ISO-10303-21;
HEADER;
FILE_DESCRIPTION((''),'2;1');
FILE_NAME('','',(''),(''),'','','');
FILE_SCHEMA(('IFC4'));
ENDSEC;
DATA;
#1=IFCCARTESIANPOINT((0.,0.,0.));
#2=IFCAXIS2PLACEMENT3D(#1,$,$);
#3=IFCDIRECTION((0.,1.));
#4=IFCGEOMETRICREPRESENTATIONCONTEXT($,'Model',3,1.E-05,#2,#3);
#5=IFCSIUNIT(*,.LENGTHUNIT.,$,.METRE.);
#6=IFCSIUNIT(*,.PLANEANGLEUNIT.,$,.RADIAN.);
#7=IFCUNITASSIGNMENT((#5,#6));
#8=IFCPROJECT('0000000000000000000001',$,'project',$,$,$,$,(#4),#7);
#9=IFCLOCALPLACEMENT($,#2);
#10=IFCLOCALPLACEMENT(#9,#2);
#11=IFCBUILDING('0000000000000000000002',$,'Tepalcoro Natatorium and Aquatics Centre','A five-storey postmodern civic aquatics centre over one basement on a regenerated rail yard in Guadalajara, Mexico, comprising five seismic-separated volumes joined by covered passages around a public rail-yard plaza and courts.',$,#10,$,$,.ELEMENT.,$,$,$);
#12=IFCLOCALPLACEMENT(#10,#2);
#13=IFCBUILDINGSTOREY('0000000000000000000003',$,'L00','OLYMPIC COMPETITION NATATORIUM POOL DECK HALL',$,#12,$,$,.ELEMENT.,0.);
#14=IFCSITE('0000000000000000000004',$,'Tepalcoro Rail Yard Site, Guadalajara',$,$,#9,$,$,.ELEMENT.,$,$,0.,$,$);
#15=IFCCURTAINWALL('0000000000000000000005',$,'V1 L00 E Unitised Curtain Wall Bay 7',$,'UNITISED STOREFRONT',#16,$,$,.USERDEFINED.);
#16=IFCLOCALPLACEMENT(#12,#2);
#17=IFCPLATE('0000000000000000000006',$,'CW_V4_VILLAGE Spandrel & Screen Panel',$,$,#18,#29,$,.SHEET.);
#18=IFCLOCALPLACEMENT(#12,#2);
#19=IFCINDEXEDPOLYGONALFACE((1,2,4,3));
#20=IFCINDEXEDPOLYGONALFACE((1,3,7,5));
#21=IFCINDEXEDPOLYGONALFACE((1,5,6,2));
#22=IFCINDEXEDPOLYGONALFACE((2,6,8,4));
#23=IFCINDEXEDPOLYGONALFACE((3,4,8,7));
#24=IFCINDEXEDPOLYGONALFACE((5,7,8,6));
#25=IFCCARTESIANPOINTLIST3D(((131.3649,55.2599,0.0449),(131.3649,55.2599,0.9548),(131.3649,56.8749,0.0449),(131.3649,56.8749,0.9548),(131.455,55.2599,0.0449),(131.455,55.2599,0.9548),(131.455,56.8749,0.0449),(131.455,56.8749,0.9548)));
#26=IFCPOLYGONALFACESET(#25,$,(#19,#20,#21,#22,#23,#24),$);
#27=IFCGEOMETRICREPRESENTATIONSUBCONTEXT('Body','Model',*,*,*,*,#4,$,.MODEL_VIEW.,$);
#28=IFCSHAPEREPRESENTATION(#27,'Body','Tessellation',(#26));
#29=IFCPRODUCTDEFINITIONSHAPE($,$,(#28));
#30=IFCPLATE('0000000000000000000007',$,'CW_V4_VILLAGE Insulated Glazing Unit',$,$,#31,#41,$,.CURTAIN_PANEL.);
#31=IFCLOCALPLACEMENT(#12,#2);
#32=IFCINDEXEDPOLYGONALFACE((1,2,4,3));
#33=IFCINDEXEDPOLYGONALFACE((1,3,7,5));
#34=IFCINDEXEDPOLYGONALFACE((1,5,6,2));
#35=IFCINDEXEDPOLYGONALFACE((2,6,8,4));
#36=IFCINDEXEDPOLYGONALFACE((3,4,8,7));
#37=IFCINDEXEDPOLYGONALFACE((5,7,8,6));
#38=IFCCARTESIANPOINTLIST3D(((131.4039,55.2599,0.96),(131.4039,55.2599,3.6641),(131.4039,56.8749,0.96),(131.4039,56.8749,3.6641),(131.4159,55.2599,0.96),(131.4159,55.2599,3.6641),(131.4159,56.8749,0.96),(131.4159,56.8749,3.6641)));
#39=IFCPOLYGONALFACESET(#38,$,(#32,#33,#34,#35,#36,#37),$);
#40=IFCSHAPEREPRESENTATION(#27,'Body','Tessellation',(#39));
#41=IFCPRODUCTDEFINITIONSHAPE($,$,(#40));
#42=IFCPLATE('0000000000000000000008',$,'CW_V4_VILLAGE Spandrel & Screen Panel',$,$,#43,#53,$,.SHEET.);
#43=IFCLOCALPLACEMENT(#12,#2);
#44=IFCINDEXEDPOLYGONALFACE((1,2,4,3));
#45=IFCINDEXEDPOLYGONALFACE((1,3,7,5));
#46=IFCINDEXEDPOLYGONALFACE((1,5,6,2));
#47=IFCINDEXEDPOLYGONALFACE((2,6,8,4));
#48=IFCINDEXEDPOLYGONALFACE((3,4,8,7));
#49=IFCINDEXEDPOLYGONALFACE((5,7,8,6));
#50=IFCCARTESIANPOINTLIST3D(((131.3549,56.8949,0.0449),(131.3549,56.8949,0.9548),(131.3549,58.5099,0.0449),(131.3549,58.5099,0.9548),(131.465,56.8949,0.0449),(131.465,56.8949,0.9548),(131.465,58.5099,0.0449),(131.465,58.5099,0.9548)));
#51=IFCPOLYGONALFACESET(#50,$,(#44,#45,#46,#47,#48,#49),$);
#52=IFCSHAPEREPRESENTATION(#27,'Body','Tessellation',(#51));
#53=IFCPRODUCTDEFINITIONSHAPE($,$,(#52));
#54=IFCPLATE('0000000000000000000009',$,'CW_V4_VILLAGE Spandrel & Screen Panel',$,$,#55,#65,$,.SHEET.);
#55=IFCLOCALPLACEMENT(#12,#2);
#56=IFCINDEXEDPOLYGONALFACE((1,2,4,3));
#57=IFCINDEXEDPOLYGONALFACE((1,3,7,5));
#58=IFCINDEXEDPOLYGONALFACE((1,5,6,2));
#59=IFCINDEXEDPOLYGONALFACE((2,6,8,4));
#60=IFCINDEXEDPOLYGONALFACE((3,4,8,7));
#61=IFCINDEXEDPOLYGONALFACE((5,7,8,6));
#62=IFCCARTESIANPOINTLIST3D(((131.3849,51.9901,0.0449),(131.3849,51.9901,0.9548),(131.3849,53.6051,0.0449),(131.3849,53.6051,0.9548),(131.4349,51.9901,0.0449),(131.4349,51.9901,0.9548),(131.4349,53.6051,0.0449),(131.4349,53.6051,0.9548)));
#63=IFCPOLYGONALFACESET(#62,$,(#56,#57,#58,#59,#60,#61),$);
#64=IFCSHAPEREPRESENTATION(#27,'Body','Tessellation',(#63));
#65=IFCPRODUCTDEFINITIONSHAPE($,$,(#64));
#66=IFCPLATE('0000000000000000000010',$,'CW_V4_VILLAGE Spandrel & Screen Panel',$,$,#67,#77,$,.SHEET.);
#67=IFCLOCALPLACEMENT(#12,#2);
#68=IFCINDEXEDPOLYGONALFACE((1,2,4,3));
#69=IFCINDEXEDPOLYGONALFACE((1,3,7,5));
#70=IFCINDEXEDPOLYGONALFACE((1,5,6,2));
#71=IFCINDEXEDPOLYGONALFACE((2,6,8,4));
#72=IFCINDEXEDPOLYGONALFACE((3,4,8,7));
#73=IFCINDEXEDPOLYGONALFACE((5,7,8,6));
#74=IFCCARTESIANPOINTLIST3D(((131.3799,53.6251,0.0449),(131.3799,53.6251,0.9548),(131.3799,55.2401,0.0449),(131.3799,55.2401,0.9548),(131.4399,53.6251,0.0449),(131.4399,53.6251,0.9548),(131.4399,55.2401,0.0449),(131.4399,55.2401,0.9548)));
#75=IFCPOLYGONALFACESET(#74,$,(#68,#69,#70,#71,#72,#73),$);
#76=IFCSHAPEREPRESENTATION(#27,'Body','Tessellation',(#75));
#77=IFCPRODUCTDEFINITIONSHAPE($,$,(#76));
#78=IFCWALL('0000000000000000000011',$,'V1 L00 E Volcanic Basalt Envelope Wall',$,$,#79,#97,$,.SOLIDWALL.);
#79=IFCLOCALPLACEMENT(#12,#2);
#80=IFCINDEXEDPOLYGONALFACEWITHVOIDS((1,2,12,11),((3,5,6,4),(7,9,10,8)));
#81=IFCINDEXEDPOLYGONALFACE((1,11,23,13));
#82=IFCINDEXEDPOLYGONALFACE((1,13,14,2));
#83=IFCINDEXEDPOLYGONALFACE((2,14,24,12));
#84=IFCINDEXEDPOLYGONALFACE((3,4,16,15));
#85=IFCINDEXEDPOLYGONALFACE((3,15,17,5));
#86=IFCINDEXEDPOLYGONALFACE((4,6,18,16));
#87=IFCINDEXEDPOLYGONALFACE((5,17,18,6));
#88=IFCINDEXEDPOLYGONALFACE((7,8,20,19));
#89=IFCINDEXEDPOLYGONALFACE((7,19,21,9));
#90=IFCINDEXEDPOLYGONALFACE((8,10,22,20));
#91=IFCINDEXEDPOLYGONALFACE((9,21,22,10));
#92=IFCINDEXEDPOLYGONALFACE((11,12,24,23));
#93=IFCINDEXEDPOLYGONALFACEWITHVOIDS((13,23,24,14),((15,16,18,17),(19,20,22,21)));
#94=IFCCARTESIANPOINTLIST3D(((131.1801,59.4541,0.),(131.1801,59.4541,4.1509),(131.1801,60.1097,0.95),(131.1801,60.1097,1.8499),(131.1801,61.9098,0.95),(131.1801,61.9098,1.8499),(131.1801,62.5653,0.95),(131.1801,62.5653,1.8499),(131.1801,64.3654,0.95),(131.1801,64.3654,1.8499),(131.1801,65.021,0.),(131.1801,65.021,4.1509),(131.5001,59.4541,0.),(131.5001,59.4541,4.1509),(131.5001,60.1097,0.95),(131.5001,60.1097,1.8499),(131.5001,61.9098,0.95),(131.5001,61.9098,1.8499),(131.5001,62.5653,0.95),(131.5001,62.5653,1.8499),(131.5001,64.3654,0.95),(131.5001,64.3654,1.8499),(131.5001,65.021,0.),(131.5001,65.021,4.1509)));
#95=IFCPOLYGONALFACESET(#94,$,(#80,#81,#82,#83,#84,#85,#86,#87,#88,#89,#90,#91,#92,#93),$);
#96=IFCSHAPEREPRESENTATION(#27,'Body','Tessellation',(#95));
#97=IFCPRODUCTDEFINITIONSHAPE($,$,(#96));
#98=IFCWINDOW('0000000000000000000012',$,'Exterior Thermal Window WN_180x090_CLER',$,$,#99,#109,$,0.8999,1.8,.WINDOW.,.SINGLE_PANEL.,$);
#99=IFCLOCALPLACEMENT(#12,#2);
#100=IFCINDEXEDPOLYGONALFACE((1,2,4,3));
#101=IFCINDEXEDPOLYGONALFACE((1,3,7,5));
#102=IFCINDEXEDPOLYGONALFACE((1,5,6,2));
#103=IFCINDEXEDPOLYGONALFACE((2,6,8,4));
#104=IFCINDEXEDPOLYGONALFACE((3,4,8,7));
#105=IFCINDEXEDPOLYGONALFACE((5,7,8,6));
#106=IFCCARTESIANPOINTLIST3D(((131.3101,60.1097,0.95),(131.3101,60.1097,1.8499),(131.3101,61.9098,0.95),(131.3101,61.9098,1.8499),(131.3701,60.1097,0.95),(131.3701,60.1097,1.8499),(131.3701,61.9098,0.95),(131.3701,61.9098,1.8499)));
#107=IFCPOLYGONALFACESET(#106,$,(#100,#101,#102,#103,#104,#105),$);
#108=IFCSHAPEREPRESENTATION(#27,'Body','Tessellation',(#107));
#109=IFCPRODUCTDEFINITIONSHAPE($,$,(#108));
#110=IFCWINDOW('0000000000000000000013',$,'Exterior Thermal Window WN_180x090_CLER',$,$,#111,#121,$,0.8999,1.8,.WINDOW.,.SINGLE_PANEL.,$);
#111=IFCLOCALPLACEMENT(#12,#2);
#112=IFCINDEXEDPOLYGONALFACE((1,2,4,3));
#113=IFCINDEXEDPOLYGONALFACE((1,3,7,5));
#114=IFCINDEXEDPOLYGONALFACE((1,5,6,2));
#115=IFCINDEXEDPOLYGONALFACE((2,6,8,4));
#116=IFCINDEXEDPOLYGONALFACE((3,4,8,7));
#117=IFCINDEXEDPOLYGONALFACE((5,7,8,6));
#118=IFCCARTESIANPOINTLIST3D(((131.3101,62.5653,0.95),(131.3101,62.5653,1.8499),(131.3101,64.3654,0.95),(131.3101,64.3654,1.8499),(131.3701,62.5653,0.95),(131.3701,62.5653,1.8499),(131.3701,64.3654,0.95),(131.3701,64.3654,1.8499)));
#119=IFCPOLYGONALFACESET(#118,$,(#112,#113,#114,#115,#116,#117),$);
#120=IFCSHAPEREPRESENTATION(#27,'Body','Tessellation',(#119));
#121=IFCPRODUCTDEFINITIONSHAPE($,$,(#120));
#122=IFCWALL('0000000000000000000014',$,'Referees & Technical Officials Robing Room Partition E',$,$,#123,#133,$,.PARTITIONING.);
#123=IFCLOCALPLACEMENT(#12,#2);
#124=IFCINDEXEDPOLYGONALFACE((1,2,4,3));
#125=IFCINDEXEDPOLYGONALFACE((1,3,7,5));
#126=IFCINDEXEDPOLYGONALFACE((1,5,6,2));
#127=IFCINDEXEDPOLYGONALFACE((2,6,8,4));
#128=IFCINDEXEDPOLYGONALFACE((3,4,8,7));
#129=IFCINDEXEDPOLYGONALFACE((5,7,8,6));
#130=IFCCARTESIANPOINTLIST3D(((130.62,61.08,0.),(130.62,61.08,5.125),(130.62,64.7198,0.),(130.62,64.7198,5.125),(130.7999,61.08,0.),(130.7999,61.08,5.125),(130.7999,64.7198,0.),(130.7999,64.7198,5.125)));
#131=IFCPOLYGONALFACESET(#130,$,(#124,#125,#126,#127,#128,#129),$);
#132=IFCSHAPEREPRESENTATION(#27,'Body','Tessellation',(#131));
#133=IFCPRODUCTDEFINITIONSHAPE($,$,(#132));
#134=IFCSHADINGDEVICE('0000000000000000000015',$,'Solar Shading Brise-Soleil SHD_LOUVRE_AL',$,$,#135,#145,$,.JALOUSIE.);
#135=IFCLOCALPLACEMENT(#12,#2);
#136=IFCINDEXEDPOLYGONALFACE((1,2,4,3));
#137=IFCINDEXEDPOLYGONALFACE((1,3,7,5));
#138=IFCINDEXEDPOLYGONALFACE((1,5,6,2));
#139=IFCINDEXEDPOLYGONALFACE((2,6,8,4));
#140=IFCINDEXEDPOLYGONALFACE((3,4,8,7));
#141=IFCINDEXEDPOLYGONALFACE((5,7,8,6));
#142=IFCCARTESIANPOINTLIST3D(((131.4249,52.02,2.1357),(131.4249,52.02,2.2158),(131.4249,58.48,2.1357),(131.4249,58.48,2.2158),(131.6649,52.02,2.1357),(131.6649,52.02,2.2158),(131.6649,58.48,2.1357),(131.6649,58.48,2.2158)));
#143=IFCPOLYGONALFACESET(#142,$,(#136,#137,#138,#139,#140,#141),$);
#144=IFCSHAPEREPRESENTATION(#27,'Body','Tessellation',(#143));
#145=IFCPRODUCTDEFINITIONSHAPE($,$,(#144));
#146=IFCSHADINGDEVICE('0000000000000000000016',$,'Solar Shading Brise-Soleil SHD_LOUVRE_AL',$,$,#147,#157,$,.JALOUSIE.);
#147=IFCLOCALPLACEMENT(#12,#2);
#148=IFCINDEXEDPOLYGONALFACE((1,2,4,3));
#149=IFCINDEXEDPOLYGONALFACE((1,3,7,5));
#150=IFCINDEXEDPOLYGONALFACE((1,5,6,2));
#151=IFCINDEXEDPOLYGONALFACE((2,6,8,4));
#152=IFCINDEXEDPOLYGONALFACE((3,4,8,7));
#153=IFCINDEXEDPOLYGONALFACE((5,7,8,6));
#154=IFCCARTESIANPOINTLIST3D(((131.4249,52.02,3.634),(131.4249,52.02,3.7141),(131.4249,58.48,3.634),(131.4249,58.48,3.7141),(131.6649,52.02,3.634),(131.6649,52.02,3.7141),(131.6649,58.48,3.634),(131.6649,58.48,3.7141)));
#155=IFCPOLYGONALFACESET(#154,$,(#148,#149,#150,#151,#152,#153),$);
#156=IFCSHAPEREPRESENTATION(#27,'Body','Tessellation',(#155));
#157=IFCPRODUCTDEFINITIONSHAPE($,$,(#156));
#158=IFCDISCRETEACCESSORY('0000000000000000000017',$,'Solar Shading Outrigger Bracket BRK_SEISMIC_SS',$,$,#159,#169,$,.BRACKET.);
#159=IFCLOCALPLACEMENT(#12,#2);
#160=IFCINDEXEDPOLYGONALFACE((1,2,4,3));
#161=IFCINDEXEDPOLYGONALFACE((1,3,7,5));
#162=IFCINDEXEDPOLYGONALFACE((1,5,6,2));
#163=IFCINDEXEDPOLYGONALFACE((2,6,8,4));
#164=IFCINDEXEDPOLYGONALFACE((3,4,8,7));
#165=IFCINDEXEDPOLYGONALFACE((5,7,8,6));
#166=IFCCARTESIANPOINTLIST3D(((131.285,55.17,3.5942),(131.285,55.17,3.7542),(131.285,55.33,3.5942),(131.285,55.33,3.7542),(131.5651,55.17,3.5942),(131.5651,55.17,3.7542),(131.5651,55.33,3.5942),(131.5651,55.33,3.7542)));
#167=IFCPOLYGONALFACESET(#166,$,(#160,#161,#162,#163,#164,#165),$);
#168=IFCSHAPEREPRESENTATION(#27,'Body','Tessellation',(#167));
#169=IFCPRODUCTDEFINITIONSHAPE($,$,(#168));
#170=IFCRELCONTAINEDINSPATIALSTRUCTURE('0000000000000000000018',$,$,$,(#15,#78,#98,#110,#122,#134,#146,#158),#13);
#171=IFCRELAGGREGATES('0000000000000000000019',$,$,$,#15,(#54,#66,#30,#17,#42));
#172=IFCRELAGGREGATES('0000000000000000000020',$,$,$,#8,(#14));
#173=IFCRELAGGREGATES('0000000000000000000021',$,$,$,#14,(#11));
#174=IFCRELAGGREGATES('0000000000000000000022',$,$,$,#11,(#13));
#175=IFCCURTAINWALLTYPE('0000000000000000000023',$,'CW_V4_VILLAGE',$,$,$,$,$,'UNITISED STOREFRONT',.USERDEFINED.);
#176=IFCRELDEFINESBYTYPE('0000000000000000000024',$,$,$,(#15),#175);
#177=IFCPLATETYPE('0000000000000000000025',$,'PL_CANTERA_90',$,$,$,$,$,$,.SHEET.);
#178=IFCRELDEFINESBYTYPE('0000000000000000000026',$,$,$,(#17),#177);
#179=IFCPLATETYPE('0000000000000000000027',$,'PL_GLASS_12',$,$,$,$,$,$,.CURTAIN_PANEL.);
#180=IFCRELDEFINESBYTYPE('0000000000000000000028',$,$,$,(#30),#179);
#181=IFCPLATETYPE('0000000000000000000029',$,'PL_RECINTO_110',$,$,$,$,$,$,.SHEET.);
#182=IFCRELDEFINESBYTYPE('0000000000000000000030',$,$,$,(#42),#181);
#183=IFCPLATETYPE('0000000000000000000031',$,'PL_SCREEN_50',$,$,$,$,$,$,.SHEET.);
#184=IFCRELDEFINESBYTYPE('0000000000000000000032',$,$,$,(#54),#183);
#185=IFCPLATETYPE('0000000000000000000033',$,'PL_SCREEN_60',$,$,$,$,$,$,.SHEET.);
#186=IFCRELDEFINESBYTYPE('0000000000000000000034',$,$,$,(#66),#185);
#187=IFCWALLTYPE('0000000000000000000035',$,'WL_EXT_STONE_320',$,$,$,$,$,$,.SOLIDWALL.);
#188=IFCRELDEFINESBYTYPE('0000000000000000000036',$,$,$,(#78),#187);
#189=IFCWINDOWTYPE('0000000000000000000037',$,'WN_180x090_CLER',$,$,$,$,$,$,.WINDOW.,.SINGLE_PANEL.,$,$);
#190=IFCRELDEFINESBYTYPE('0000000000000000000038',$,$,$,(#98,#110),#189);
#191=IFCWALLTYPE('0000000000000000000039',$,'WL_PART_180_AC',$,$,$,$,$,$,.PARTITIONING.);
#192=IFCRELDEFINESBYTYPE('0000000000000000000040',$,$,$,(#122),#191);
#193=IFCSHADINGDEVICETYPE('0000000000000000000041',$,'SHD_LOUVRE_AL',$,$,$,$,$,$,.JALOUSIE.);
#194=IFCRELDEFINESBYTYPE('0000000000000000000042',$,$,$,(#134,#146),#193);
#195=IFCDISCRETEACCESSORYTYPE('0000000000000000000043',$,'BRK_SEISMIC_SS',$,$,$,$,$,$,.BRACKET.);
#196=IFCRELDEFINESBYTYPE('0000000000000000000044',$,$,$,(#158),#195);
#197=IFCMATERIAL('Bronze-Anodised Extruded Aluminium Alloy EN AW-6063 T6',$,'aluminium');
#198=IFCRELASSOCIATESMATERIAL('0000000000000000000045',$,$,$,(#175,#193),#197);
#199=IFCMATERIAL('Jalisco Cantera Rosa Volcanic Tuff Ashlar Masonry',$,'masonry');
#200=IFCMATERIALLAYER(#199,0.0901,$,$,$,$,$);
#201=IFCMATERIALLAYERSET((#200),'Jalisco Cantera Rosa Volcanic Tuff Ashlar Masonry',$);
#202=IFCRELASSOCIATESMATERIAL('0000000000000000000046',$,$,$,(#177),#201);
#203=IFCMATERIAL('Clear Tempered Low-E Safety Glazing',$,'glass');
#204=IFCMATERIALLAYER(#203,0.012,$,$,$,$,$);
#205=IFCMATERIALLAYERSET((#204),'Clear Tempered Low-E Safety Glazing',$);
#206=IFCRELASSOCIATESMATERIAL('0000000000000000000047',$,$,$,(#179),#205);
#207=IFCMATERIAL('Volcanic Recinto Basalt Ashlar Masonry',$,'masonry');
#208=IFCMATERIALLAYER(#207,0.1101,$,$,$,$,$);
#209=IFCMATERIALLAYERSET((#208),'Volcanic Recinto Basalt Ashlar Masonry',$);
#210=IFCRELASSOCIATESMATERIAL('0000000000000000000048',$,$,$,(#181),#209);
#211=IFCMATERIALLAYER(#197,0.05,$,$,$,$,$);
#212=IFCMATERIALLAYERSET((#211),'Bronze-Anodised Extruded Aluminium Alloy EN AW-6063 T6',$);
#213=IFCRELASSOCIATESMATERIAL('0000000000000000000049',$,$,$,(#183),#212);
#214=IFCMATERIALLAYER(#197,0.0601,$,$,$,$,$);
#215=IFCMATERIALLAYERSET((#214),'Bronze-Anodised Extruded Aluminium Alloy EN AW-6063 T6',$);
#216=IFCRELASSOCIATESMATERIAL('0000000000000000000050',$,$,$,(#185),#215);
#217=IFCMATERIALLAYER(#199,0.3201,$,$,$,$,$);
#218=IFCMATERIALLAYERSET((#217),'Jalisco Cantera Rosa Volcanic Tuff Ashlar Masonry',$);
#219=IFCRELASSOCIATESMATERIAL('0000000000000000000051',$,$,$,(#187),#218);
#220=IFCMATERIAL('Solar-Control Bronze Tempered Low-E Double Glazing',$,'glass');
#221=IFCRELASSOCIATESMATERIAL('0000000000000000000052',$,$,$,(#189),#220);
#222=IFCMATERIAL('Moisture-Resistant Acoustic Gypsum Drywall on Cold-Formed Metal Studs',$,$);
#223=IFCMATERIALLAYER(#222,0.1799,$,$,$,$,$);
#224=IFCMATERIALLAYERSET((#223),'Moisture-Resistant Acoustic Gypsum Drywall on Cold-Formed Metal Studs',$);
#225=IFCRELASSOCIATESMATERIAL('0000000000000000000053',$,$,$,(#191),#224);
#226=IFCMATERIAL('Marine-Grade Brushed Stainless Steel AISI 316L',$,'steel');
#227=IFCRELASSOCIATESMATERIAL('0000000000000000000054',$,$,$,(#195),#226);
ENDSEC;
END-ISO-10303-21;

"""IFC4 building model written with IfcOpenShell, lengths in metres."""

from ifc_helpers import new_model, si_unit, direction, frame, frame_2d, origin, origin_2d, place, context, subcontext, project, spatial, rectangle, extrude, material, layer, layer_set, type_object, element, fill, aggregate, save


model = new_model("IFC4")

# Units and contexts
model_context = context("Model", 3, precision=1e-05, world=origin(), true_north=direction((0.0, 1.0)))
body_context = subcontext(model_context, "Body", "Model", "MODEL_VIEW")
ifc_project = project(units=[si_unit("LENGTHUNIT", "METRE"), si_unit("PLANEANGLEUNIT", "RADIAN")], contexts=[model_context])

# Site, building, storey
site_placement = place(None, origin())
site = spatial("IfcSite", under=ifc_project, at=site_placement, Name="Tepalcoro Rail Yard Site, Guadalajara", CompositionType="ELEMENT", RefElevation=0.0)
building_placement = place(site_placement, origin())
building = spatial("IfcBuilding", under=site, at=building_placement, Name="Tepalcoro Natatorium and Aquatics Centre", Description="A five-storey postmodern civic aquatics centre over one basement on a regenerated rail yard in Guadalajara, Mexico, comprising five seismic-separated volumes joined by covered passages around a public rail-yard plaza and courts.", CompositionType="ELEMENT")
storey_placement = place(building_placement, origin())
storey = spatial("IfcBuildingStorey", under=building, at=storey_placement, Name="L00", Description="OLYMPIC COMPETITION NATATORIUM POOL DECK HALL", CompositionType="ELEMENT", Elevation=0.0)

# Curtain wall
ifc_material_1 = material(Name="Bronze-Anodised Extruded Aluminium Alloy EN AW-6063 T6", Category="aluminium")
curtain_wall_type = type_object("IfcCurtainWallType", Name="CW_V4_VILLAGE", ElementType="UNITISED STOREFRONT", PredefinedType="USERDEFINED", material=ifc_material_1)
curtain_wall_placement = place(storey_placement, origin())
curtain_wall = element("IfcCurtainWall", 1, at=curtain_wall_placement, inside=storey, type_object=curtain_wall_type, Name="V1 L00 E Unitised Curtain Wall Bay 7", ObjectType="UNITISED STOREFRONT", PredefinedType="USERDEFINED")

# Plates
ifc_material_2 = material(Name="Solar-Control Bronze Tempered Low-E Double Glazing", Category="glass")
ifc_material_3 = material(Name="Jalisco Cantera Rosa Volcanic Tuff Ashlar Masonry", Category="masonry")
ifc_layer_1 = layer(ifc_material_3, 0.0901)
ifc_layer_set_1 = layer_set([ifc_layer_1], Name="Jalisco Cantera Rosa Volcanic Tuff Ashlar Masonry")
plate_type_1 = type_object("IfcPlateType", Name="PL_CANTERA_90", PredefinedType="SHEET", material=ifc_layer_set_1)
plate_1_placement = place(storey_placement, frame((131.4099, 56.0674, 0.0449), z_axis=(0.0, 0.0, 1.0), x_axis=(1.0, 0.0, 0.0)))
plate_1 = element("IfcPlate", 2, at=plate_1_placement, type_object=plate_type_1, Name="CW_V4_VILLAGE Spandrel & Screen Panel", PredefinedType="SHEET", context=body_context, shape_type="SweptSolid", body=[
    extrude(rectangle(XDim=0.0901, YDim=1.615, at=origin_2d()), origin(), (0.0, 0.0, 1.0), 0.9099),
])
ifc_material_4 = material(Name="Clear Tempered Low-E Safety Glazing", Category="glass")
ifc_layer_2 = layer(ifc_material_4, 0.012)
ifc_layer_set_2 = layer_set([ifc_layer_2], Name="Clear Tempered Low-E Safety Glazing")
plate_type_2 = type_object("IfcPlateType", Name="PL_GLASS_12", PredefinedType="CURTAIN_PANEL", material=ifc_layer_set_2)
plate_2_placement = place(storey_placement, frame((131.4099, 56.0674, 0.96), z_axis=(0.0, 0.0, 1.0), x_axis=(1.0, 0.0, 0.0)))
plate_2 = element("IfcPlate", 3, at=plate_2_placement, type_object=plate_type_2, Name="CW_V4_VILLAGE Insulated Glazing Unit", PredefinedType="CURTAIN_PANEL", context=body_context, shape_type="SweptSolid", body=[
    extrude(rectangle(XDim=0.012, YDim=1.615, at=origin_2d()), origin(), (0.0, 0.0, 1.0), 2.7041),
])
ifc_material_5 = material(Name="Volcanic Recinto Basalt Ashlar Masonry", Category="masonry")
ifc_layer_3 = layer(ifc_material_5, 0.1101)
ifc_layer_set_3 = layer_set([ifc_layer_3], Name="Volcanic Recinto Basalt Ashlar Masonry")
plate_type_3 = type_object("IfcPlateType", Name="PL_RECINTO_110", PredefinedType="SHEET", material=ifc_layer_set_3)
plate_3_placement = place(storey_placement, frame((131.4099, 57.7024, 0.0449), z_axis=(0.0, 0.0, 1.0), x_axis=(1.0, 0.0, 0.0)))
plate_3 = element("IfcPlate", 4, at=plate_3_placement, type_object=plate_type_3, Name="CW_V4_VILLAGE Spandrel & Screen Panel", PredefinedType="SHEET", context=body_context, shape_type="SweptSolid", body=[
    extrude(rectangle(XDim=0.1101, YDim=1.615, at=origin_2d()), origin(), (0.0, 0.0, 1.0), 0.9099),
])
ifc_layer_4 = layer(ifc_material_1, 0.05)
ifc_layer_set_4 = layer_set([ifc_layer_4], Name="Bronze-Anodised Extruded Aluminium Alloy EN AW-6063 T6")
plate_type_4 = type_object("IfcPlateType", Name="PL_SCREEN_50", PredefinedType="SHEET", material=ifc_layer_set_4)
plate_4_placement = place(storey_placement, frame((131.4099, 52.7976, 0.0449), z_axis=(0.0, 0.0, 1.0), x_axis=(1.0, 0.0, 0.0)))
plate_4 = element("IfcPlate", 5, at=plate_4_placement, type_object=plate_type_4, Name="CW_V4_VILLAGE Spandrel & Screen Panel", PredefinedType="SHEET", context=body_context, shape_type="SweptSolid", body=[
    extrude(rectangle(XDim=0.05, YDim=1.615, at=origin_2d()), origin(), (0.0, 0.0, 1.0), 0.9099),
])
ifc_layer_5 = layer(ifc_material_1, 0.0601)
ifc_layer_set_5 = layer_set([ifc_layer_5], Name="Bronze-Anodised Extruded Aluminium Alloy EN AW-6063 T6")
plate_type_5 = type_object("IfcPlateType", Name="PL_SCREEN_60", PredefinedType="SHEET", material=ifc_layer_set_5)
plate_5_placement = place(storey_placement, frame((131.4099, 54.4326, 0.0449), z_axis=(0.0, 0.0, 1.0), x_axis=(1.0, 0.0, 0.0)))
plate_5 = element("IfcPlate", 6, at=plate_5_placement, type_object=plate_type_5, Name="CW_V4_VILLAGE Spandrel & Screen Panel", PredefinedType="SHEET", context=body_context, shape_type="SweptSolid", body=[
    extrude(rectangle(XDim=0.0601, YDim=1.615, at=origin_2d()), origin(), (0.0, 0.0, 1.0), 0.9099),
])
aggregate(curtain_wall, [plate_4, plate_5, plate_2, plate_1, plate_3])

# Wall, openings, windows
ifc_layer_6 = layer(ifc_material_3, 0.3201)
ifc_layer_set_6 = layer_set([ifc_layer_6], Name="Jalisco Cantera Rosa Volcanic Tuff Ashlar Masonry")
wall_type_1 = type_object("IfcWallType", Name="WL_EXT_STONE_320", PredefinedType="SOLIDWALL", material=ifc_layer_set_6)
wall_1_placement = place(storey_placement, frame((131.3401, 59.4541, 0.0), z_axis=(0.0, 0.0, 1.0), x_axis=(0.0, 1.0, 0.0)))
wall_1 = element("IfcWall", 7, at=wall_1_placement, inside=storey, type_object=wall_type_1, Name="V1 L00 E Volcanic Basalt Envelope Wall", PredefinedType="SOLIDWALL", context=body_context, shape_type="SweptSolid", body=[
    extrude(rectangle(XDim=5.5669, YDim=0.3201, at=frame_2d((2.7834, 0.0))), origin(), (0.0, 0.0, 1.0), 4.1509),
])
opening_1_placement = place(wall_1_placement, frame((0.6558, 0.0, 0.95)))
opening_1 = element("IfcOpeningElement", 8, at=opening_1_placement, cuts=wall_1, PredefinedType="OPENING", context=body_context, shape_type="SweptSolid", body=[
    extrude(rectangle(XDim=1.8, YDim=0.8999, at=frame_2d((0.8999, 0.45))), frame((0.0, 0.1719, 0.0), z_axis=(0.0, -1.0, 0.0), x_axis=(1.0, 0.0, 0.0)), (0.0, 0.0, 1.0), 0.344),
])
opening_2_placement = place(wall_1_placement, frame((3.1113, 0.0, 0.95)))
opening_2 = element("IfcOpeningElement", 9, at=opening_2_placement, cuts=wall_1, PredefinedType="OPENING", context=body_context, shape_type="SweptSolid", body=[
    extrude(rectangle(XDim=1.8, YDim=0.8999, at=frame_2d((0.8999, 0.45))), frame((0.0, 0.1719, 0.0), z_axis=(0.0, -1.0, 0.0), x_axis=(1.0, 0.0, 0.0)), (0.0, 0.0, 1.0), 0.344),
])
window_type = type_object("IfcWindowType", Name="WN_180x090_CLER", PartitioningType="SINGLE_PANEL", PredefinedType="WINDOW", material=ifc_material_2)
window_1_placement = place(opening_1_placement, origin())
window_1 = element("IfcWindow", 10, at=window_1_placement, inside=storey, type_object=window_type, Name="Exterior Thermal Window WN_180x090_CLER", OverallHeight=0.8999, OverallWidth=1.8, PartitioningType="SINGLE_PANEL", PredefinedType="WINDOW", context=body_context, shape_type="SweptSolid", body=[
    extrude(rectangle(XDim=1.8, YDim=0.8999, at=frame_2d((0.8999, 0.45))), frame((0.0, 0.03, 0.0), z_axis=(0.0, -1.0, 0.0), x_axis=(1.0, 0.0, 0.0)), (0.0, 0.0, 1.0), 0.0601),
])
fill(opening_1, window_1)
window_2_placement = place(opening_2_placement, origin())
window_2 = element("IfcWindow", 11, at=window_2_placement, inside=storey, type_object=window_type, Name="Exterior Thermal Window WN_180x090_CLER", OverallHeight=0.8999, OverallWidth=1.8, PartitioningType="SINGLE_PANEL", PredefinedType="WINDOW", context=body_context, shape_type="SweptSolid", body=[
    extrude(rectangle(XDim=1.8, YDim=0.8999, at=frame_2d((0.8999, 0.45))), frame((0.0, 0.03, 0.0), z_axis=(0.0, -1.0, 0.0), x_axis=(1.0, 0.0, 0.0)), (0.0, 0.0, 1.0), 0.0601),
])
fill(opening_2, window_2)

# Wall
ifc_material_6 = material(Name="Moisture-Resistant Acoustic Gypsum Drywall on Cold-Formed Metal Studs")
ifc_layer_7 = layer(ifc_material_6, 0.1799)
ifc_layer_set_7 = layer_set([ifc_layer_7], Name="Moisture-Resistant Acoustic Gypsum Drywall on Cold-Formed Metal Studs")
wall_type_2 = type_object("IfcWallType", Name="WL_PART_180_AC", PredefinedType="PARTITIONING", material=ifc_layer_set_7)
wall_2_placement = place(storey_placement, frame((130.71, 61.0801, 0.0), z_axis=(0.0, 0.0, 1.0), x_axis=(0.0, 1.0, 0.0)))
element("IfcWall", 12, at=wall_2_placement, inside=storey, type_object=wall_type_2, Name="Referees & Technical Officials Robing Room Partition E", PredefinedType="PARTITIONING", context=body_context, shape_type="SweptSolid", body=[
    extrude(rectangle(XDim=3.6399, YDim=0.1799, at=frame_2d((1.8198, 0.0))), origin(), (0.0, 0.0, 1.0), 5.125),
])

# Shading devices
shading_device_type = type_object("IfcShadingDeviceType", Name="SHD_LOUVRE_AL", PredefinedType="JALOUSIE", material=ifc_material_1)
for number, where, z_axis, x_axis, name in (
    (13, (131.5449, 55.25, 2.1357), (0.0, 0.0, 1.0), (1.0, 0.0, 0.0), "Solar Shading Brise-Soleil SHD_LOUVRE_AL"),
    (14, (131.5449, 55.25, 3.634), (0.0, 0.0, 1.0), (1.0, 0.0, 0.0), "Solar Shading Brise-Soleil SHD_LOUVRE_AL"),
):
    element("IfcShadingDevice", number, at=place(storey_placement, frame(where, z_axis=z_axis, x_axis=x_axis)), inside=storey, type_object=shading_device_type, Name=name, PredefinedType="JALOUSIE", context=body_context, shape_type="SweptSolid", body=[
        extrude(rectangle(XDim=0.24, YDim=6.46, at=origin_2d()), origin(), (0.0, 0.0, 1.0), 0.0801),
    ])

# Discrete accessory
ifc_material_7 = material(Name="Marine-Grade Brushed Stainless Steel AISI 316L", Category="steel")
discrete_accessory_type = type_object("IfcDiscreteAccessoryType", Name="BRK_SEISMIC_SS", PredefinedType="BRACKET", material=ifc_material_7)
discrete_accessory_placement = place(storey_placement, frame((131.425, 55.25, 3.5942), z_axis=(0.0, 0.0, 1.0), x_axis=(1.0, 0.0, 0.0)))
element("IfcDiscreteAccessory", 15, at=discrete_accessory_placement, inside=storey, type_object=discrete_accessory_type, Name="Solar Shading Outrigger Bracket BRK_SEISMIC_SS", PredefinedType="BRACKET", context=body_context, shape_type="SweptSolid", body=[
    extrude(rectangle(XDim=0.28, YDim=0.1599, at=origin_2d()), origin(), (0.0, 0.0, 1.0), 0.1599),
])

save(model, "model.ifc")
